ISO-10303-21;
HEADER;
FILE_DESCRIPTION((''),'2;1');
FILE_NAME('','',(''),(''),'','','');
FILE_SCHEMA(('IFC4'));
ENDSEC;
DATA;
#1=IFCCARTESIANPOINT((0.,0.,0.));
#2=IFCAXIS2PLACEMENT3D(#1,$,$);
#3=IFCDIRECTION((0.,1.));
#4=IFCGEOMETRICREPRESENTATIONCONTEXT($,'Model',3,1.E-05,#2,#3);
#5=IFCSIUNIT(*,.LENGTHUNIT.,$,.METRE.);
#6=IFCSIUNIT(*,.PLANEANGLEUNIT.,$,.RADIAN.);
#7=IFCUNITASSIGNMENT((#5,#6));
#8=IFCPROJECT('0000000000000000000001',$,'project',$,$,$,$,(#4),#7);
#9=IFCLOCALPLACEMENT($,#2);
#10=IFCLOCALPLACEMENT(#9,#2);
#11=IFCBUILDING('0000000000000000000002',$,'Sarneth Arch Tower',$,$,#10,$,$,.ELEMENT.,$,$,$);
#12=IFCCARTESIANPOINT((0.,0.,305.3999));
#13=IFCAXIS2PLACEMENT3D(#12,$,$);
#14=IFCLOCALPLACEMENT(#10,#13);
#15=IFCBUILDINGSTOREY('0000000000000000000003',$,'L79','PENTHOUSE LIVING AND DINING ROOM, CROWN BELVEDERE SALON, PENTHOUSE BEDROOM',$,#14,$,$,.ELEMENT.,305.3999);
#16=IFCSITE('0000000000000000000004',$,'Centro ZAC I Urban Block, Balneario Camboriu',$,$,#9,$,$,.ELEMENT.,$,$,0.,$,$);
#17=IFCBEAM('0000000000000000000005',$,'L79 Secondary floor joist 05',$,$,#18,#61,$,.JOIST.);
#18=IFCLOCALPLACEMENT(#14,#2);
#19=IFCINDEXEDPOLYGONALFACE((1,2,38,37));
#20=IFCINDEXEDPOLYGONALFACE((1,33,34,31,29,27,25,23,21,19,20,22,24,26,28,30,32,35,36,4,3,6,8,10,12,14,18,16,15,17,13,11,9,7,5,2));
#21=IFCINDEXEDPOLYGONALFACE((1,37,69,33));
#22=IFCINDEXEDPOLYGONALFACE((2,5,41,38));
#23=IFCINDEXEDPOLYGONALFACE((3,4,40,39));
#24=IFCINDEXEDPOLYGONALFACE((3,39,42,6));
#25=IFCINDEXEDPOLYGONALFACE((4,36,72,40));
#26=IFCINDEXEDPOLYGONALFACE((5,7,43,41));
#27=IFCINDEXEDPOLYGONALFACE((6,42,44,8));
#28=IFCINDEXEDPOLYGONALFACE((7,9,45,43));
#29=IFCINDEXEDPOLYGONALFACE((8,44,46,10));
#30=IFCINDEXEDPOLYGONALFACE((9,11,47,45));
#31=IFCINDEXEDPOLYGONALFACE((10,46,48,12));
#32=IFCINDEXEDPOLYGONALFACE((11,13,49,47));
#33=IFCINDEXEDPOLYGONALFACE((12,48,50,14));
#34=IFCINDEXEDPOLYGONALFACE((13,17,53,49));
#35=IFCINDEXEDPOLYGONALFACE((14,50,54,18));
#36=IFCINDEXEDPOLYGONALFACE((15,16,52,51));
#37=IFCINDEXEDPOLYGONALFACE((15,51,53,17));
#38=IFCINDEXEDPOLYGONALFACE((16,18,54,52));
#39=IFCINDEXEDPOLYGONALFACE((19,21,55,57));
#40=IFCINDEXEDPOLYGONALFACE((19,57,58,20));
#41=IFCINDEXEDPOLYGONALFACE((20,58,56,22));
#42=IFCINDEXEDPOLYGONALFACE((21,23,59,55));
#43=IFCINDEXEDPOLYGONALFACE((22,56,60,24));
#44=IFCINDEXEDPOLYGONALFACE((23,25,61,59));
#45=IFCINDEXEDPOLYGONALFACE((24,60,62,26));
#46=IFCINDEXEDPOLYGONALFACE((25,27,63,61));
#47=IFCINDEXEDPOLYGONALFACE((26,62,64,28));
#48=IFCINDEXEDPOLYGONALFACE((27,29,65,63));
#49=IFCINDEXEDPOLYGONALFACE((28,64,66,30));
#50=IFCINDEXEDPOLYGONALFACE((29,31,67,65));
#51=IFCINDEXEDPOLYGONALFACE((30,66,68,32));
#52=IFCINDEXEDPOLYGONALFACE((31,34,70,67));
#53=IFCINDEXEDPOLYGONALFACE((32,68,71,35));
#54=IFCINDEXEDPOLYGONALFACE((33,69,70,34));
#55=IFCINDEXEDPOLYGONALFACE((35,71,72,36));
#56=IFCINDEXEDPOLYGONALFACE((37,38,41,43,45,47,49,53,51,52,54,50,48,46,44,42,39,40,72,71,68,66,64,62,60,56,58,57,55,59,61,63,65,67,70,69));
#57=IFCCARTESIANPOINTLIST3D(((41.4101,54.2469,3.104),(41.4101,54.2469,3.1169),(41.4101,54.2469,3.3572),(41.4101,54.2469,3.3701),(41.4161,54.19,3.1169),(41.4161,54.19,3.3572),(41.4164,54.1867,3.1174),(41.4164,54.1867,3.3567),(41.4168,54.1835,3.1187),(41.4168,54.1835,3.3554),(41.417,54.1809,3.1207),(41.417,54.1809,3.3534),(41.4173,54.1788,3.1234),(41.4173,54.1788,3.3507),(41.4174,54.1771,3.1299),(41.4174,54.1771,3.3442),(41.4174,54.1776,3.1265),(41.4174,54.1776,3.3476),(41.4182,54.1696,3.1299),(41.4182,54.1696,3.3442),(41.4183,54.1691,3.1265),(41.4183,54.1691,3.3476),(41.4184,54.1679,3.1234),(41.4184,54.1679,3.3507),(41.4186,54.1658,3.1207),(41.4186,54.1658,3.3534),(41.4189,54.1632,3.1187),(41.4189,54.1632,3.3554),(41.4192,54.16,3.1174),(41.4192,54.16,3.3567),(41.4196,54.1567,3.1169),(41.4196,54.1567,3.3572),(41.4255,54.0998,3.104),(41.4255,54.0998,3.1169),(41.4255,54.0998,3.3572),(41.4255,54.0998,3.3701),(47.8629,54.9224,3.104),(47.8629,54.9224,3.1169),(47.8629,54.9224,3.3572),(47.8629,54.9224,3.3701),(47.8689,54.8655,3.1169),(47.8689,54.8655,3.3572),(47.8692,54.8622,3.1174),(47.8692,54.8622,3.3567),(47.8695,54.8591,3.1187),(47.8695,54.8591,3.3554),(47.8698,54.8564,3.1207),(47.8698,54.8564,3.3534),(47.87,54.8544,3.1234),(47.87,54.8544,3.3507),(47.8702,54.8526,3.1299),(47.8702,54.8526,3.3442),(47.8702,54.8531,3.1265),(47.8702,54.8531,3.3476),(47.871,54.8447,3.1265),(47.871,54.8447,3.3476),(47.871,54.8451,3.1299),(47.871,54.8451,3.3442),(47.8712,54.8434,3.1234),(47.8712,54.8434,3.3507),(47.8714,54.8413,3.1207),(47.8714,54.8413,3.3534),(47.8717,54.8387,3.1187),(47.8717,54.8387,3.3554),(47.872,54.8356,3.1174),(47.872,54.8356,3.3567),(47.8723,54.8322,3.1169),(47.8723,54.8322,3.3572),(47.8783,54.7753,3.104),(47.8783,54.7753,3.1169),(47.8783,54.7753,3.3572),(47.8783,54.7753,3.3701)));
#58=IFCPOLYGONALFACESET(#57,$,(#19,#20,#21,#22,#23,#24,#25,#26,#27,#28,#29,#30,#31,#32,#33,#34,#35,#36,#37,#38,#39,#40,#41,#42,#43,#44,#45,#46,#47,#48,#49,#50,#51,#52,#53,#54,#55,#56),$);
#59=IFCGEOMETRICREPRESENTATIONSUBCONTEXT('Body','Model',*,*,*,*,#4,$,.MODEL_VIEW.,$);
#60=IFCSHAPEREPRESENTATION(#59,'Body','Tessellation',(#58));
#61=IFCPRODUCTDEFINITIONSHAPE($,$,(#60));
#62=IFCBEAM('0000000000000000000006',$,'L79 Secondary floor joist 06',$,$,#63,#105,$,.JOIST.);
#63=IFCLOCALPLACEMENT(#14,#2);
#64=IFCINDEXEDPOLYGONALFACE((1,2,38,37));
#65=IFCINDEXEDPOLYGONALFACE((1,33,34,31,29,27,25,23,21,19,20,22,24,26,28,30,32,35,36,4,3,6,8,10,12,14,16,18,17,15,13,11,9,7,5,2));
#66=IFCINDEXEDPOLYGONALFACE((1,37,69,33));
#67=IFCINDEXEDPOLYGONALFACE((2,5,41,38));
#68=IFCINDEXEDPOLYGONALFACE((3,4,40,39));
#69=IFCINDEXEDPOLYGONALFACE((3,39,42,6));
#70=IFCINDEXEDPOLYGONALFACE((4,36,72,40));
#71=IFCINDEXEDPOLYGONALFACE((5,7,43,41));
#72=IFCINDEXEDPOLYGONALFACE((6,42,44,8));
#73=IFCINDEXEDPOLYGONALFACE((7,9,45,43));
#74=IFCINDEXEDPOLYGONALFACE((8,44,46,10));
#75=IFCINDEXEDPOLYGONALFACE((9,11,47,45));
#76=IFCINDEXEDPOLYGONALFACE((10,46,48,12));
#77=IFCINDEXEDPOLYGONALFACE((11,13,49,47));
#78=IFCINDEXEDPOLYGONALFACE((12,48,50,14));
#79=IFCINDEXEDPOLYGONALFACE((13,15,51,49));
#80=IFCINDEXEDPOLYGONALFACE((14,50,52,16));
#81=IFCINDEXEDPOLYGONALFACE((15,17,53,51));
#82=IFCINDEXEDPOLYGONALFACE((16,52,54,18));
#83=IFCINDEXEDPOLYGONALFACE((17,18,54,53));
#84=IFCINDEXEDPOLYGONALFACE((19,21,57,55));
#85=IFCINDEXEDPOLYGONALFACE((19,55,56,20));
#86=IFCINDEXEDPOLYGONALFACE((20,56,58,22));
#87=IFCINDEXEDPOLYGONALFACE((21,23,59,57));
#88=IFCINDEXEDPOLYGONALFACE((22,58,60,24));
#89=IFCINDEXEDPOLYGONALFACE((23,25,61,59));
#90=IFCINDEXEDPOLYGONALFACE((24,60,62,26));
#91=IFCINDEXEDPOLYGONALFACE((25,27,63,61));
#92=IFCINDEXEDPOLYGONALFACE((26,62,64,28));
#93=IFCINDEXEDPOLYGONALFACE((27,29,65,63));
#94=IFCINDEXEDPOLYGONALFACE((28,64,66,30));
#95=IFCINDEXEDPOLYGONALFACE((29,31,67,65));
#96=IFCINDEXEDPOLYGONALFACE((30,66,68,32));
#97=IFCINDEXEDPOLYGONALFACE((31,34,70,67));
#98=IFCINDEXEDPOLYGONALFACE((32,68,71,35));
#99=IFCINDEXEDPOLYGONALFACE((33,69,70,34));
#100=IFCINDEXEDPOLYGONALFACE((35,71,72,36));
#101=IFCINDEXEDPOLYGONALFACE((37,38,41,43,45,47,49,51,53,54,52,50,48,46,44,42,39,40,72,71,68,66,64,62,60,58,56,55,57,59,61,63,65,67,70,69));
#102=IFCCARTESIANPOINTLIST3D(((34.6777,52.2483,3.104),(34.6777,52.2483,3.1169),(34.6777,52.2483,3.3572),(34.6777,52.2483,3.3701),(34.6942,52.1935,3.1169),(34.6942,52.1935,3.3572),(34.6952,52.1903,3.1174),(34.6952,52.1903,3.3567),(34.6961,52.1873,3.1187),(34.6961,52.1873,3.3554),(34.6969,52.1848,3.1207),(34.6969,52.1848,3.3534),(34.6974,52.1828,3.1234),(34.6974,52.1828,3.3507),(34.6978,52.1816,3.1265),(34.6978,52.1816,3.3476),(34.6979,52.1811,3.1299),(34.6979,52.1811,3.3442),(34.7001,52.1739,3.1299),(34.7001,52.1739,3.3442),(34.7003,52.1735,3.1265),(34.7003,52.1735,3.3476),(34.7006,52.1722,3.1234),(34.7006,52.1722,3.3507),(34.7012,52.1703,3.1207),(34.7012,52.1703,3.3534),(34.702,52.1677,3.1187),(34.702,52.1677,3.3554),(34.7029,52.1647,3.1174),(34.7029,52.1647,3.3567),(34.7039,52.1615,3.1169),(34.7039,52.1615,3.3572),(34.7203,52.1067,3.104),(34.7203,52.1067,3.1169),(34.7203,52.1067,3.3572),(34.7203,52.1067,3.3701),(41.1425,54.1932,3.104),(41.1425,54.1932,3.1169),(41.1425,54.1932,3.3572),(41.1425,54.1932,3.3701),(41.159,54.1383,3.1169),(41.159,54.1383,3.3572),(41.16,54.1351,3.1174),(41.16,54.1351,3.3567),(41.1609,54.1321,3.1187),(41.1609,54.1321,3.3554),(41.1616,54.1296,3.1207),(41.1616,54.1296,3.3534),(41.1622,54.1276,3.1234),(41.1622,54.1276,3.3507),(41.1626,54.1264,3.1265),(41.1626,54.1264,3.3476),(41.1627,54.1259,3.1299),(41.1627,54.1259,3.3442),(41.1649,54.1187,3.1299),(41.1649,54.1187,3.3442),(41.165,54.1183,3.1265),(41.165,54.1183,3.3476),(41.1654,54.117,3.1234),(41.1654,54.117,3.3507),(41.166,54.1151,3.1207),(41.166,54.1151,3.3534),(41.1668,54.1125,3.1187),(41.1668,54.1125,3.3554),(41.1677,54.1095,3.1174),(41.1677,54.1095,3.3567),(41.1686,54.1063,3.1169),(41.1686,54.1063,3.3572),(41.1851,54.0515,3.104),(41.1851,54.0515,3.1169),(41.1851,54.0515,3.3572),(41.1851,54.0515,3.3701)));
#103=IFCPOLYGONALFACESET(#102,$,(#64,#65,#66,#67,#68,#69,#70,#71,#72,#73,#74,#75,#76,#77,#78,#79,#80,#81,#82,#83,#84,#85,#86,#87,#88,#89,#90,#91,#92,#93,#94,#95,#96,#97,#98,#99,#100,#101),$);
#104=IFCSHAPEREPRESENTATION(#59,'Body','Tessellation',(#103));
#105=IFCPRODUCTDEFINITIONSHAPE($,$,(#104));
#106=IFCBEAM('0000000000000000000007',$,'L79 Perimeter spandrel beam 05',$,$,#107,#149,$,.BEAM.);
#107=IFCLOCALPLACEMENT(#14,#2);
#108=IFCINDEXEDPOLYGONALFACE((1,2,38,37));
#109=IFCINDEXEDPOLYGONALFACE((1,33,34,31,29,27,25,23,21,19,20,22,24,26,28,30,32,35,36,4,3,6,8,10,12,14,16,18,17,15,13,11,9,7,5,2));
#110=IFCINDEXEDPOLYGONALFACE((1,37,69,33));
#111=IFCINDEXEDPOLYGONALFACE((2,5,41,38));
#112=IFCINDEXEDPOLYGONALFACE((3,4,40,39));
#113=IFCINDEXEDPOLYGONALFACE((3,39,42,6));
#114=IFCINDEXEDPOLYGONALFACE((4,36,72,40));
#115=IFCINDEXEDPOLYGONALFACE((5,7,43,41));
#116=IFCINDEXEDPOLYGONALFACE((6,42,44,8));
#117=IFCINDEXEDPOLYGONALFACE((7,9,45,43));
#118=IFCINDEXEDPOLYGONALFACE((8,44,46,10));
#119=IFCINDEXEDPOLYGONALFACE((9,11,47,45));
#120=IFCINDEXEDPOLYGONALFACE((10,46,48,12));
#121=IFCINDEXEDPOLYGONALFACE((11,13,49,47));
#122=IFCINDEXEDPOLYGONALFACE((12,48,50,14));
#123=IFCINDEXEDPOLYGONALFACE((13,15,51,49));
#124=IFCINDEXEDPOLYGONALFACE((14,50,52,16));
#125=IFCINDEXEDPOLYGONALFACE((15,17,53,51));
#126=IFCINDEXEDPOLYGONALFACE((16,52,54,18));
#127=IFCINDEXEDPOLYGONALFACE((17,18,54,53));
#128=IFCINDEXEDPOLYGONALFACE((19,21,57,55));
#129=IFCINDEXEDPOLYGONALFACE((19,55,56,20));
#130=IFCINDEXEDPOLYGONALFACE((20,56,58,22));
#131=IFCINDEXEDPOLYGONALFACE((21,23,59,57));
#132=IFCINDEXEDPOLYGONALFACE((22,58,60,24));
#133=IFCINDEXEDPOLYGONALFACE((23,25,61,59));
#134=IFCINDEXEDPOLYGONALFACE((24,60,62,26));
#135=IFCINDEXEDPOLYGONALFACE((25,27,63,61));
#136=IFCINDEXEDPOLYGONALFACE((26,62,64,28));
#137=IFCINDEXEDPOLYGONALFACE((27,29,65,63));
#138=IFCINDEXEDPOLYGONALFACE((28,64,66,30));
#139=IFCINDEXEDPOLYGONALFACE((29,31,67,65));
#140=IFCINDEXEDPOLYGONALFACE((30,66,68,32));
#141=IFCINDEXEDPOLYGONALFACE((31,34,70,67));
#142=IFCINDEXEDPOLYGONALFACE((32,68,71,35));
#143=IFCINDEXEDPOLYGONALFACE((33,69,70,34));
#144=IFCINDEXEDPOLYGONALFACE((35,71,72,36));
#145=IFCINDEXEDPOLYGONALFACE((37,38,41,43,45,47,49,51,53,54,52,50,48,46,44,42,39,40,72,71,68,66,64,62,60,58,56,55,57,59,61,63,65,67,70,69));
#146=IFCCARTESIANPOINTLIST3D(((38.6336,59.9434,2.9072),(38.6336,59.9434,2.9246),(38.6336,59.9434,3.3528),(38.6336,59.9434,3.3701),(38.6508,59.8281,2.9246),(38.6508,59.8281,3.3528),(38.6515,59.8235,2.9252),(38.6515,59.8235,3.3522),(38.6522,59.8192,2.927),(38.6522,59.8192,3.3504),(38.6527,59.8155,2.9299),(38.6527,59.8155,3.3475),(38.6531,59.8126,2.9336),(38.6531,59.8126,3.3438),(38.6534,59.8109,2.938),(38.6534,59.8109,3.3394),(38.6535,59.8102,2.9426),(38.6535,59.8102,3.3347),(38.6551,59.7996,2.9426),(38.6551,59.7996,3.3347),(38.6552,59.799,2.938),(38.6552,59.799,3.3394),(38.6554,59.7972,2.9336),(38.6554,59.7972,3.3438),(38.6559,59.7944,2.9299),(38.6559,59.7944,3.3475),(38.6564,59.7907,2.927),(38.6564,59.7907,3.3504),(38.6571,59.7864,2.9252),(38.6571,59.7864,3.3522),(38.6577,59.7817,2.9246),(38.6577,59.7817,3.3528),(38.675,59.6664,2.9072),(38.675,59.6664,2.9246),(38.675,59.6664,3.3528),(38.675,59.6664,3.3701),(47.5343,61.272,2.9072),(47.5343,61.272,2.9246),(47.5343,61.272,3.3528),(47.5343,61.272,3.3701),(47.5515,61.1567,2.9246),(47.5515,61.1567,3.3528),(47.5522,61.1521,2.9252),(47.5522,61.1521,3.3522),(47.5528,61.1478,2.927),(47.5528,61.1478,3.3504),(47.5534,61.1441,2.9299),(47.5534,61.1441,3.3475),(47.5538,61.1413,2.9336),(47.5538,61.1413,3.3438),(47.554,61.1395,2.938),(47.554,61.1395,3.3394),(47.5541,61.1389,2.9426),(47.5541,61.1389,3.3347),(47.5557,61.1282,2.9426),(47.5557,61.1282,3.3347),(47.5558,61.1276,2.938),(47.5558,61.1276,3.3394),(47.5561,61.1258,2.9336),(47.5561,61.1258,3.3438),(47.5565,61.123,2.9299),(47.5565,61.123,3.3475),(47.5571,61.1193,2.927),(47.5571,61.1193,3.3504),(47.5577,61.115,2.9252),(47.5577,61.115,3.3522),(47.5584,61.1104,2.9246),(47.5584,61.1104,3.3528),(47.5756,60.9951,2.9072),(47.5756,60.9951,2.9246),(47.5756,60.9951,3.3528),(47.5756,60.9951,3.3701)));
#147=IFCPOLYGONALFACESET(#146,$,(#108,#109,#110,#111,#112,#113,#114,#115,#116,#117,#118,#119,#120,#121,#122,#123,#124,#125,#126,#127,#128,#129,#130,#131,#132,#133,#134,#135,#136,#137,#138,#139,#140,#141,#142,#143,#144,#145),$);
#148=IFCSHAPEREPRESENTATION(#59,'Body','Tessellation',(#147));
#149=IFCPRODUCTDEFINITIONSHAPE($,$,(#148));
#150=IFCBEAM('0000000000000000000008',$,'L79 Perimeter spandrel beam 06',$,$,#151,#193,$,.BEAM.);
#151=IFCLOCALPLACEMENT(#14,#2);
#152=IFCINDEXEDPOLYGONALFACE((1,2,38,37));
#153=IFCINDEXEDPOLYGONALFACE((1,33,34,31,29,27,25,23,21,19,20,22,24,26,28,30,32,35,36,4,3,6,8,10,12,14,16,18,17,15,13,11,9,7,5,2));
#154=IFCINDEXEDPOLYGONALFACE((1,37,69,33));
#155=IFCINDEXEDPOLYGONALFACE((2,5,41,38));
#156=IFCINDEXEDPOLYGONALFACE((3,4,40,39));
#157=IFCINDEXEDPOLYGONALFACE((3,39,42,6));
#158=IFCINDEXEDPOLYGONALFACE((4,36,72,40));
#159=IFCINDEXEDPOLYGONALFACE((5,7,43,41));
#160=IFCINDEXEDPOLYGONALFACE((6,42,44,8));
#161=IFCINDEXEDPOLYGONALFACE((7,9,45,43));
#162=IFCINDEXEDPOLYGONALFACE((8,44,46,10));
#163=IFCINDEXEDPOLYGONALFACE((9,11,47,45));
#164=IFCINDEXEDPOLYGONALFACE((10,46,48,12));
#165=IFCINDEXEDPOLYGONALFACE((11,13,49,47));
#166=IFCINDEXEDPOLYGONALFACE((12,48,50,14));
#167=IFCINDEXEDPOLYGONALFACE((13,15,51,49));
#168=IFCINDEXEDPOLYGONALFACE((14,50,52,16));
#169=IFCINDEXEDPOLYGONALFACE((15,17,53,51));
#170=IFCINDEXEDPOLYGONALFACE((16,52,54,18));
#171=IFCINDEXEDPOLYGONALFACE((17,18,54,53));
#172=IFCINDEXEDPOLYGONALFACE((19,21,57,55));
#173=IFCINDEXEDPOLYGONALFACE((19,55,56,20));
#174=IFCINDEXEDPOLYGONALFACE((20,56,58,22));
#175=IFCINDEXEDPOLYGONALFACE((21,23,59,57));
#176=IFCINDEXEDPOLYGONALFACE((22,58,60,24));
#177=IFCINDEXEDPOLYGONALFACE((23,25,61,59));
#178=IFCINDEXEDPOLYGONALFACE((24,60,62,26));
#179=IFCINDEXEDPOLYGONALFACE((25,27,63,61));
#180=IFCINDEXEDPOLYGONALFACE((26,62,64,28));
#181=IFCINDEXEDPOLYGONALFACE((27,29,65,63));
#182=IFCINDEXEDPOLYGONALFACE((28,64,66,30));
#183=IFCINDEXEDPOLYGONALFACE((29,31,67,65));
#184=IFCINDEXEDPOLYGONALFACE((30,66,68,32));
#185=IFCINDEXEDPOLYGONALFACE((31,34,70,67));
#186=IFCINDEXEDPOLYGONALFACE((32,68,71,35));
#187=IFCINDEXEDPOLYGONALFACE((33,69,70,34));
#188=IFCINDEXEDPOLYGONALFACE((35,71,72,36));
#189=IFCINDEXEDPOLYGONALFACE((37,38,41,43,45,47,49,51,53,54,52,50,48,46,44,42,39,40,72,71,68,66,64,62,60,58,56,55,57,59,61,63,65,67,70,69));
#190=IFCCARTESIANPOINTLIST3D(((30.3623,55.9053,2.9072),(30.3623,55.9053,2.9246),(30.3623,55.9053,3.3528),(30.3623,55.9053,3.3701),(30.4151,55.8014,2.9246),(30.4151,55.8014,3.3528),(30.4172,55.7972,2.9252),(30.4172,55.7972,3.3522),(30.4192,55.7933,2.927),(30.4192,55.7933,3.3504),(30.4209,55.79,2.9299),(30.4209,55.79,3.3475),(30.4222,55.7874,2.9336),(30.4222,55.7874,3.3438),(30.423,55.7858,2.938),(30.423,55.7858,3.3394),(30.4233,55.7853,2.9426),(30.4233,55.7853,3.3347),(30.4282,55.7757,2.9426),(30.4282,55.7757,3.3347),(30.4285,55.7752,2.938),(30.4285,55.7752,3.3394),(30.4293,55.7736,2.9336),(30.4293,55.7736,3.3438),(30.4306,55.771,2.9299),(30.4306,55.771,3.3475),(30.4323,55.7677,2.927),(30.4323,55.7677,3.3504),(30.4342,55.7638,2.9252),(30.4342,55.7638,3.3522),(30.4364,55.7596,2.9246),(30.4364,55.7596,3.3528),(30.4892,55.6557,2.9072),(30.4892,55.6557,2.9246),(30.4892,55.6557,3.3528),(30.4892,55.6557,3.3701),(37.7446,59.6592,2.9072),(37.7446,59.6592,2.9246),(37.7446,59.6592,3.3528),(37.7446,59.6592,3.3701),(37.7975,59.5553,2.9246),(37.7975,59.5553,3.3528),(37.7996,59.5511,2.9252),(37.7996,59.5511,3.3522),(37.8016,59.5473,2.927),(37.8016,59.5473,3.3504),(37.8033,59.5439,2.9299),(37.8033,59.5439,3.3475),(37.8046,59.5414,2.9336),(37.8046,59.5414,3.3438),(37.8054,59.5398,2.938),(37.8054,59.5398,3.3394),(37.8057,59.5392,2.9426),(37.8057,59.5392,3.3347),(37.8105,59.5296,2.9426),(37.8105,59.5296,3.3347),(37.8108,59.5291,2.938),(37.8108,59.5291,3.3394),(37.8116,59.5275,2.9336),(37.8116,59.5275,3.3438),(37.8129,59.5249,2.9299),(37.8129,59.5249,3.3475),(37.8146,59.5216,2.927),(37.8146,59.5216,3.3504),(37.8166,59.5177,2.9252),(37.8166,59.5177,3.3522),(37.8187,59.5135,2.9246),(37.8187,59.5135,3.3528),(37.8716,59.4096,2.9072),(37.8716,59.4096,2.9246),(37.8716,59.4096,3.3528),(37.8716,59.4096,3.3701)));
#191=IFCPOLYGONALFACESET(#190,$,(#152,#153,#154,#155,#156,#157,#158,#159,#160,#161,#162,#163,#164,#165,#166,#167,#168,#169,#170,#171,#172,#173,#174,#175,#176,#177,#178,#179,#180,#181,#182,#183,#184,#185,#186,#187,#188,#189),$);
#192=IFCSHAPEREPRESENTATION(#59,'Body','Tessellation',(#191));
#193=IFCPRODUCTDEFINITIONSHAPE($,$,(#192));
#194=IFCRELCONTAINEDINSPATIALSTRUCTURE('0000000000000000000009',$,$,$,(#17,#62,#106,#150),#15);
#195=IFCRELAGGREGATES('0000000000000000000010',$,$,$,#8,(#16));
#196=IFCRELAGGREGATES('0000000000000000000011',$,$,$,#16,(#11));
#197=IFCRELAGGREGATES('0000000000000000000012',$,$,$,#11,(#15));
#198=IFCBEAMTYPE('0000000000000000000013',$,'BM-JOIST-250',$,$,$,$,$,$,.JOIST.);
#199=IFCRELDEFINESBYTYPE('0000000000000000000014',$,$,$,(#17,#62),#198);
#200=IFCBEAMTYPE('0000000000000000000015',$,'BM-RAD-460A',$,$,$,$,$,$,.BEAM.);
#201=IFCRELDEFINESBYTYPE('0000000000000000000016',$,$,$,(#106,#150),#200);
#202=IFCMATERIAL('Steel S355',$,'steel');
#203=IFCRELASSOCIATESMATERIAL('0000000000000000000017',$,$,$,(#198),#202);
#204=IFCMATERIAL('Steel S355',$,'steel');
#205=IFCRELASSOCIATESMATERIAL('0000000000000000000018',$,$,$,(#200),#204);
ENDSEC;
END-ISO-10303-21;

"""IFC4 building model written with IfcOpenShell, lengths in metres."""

from ifc_helpers import new_model, si_unit, direction, frame, origin, origin_2d, place, context, subcontext, project, spatial, i_section, extrude, material, material_profile, profile_set, type_object, element, save


model = new_model("IFC4")

# Units and contexts
model_context = context("Model", 3, precision=1e-05, world=origin(), true_north=direction((0.0, 1.0)))
body_context = subcontext(model_context, "Body", "Model", "MODEL_VIEW")
ifc_project = project(units=[si_unit("LENGTHUNIT", "METRE"), si_unit("PLANEANGLEUNIT", "RADIAN")], contexts=[model_context])

# Site, building, storey
site_placement = place(None, origin())
site = spatial("IfcSite", under=ifc_project, at=site_placement, Name="Centro ZAC I Urban Block, Balneario Camboriu", CompositionType="ELEMENT", RefElevation=0.0)
building_placement = place(site_placement, origin())
building = spatial("IfcBuilding", under=site, at=building_placement, Name="Sarneth Arch Tower", CompositionType="ELEMENT")
storey_placement = place(building_placement, frame((0.0, 0.0, 305.3999)))
storey = spatial("IfcBuildingStorey", under=building, at=storey_placement, Name="L79", Description="PENTHOUSE LIVING AND DINING ROOM, CROWN BELVEDERE SALON, PENTHOUSE BEDROOM", CompositionType="ELEMENT", Elevation=305.3999)

# Beams
ifc_material_1 = material(Name="Steel S355", Category="steel")
ifc_material_profile_1 = material_profile(ifc_material_1, i_section(OverallWidth=0.1479, OverallDepth=0.2661, WebThickness=0.0076, FlangeThickness=0.0129, FilletRadius=0.0129, at=origin_2d()), Name="W250x44.8")
ifc_profile_set_1 = profile_set([ifc_material_profile_1], Name="Steel S355")
beam_type_1 = type_object("IfcBeamType", Name="BM-JOIST-250", PredefinedType="JOIST", material=ifc_profile_set_1)
beam_1_placement = place(storey_placement, frame((47.8706, 54.8489, 3.2371), z_axis=(-0.994565, -0.104119, 0.0), x_axis=(0.104119, -0.994565, 0.0)))
element("IfcBeam", 1, at=beam_1_placement, inside=storey, type_object=beam_type_1, Name="L79 Secondary floor joist 05", PredefinedType="JOIST", context=body_context, shape_type="SweptSolid", body=[
    extrude(i_section(OverallWidth=0.1479, OverallDepth=0.2661, WebThickness=0.0076, FlangeThickness=0.0129, FilletRadius=0.0129, at=origin_2d()), origin(), (0.0, 0.0, 1.0), 6.488),
])
beam_2_placement = place(storey_placement, frame((41.1638, 54.1223, 3.2371), z_axis=(-0.957607, -0.288078, 0.0), x_axis=(0.288078, -0.957607, 0.0)))
element("IfcBeam", 2, at=beam_2_placement, inside=storey, type_object=beam_type_1, Name="L79 Secondary floor joist 06", PredefinedType="JOIST", context=body_context, shape_type="SweptSolid", body=[
    extrude(i_section(OverallWidth=0.1479, OverallDepth=0.2661, WebThickness=0.0076, FlangeThickness=0.0129, FilletRadius=0.0129, at=origin_2d()), origin(), (0.0, 0.0, 1.0), 6.751),
])
ifc_material_2 = material(Name="Steel S355", Category="steel")
ifc_material_profile_2 = material_profile(ifc_material_2, i_section(OverallWidth=0.28, OverallDepth=0.4629, WebThickness=0.0107, FlangeThickness=0.0173, FilletRadius=0.0181, at=origin_2d()), Name="W460x113")
ifc_profile_set_2 = profile_set([ifc_material_profile_2], Name="Steel S355")
beam_type_2 = type_object("IfcBeamType", Name="BM-RAD-460A", PredefinedType="BEAM", material=ifc_profile_set_2)
beam_3_placement = place(storey_placement, frame((47.5549, 61.1335, 3.1387), z_axis=(-0.989042, -0.147636, 0.0), x_axis=(0.147636, -0.989042, 0.0)))
element("IfcBeam", 3, at=beam_3_placement, inside=storey, type_object=beam_type_2, Name="L79 Perimeter spandrel beam 05", PredefinedType="BEAM", context=body_context, shape_type="SweptSolid", body=[
    extrude(i_section(OverallWidth=0.28, OverallDepth=0.4629, WebThickness=0.0107, FlangeThickness=0.0173, FilletRadius=0.0181, at=origin_2d()), origin(), (0.0, 0.0, 1.0), 8.9993),
])
beam_4_placement = place(storey_placement, frame((37.8081, 59.5344, 3.1387), z_axis=(-0.891376, -0.453264, 0.0), x_axis=(0.453264, -0.891376, 0.0)))
element("IfcBeam", 4, at=beam_4_placement, inside=storey, type_object=beam_type_2, Name="L79 Perimeter spandrel beam 06", PredefinedType="BEAM", context=body_context, shape_type="SweptSolid", body=[
    extrude(i_section(OverallWidth=0.28, OverallDepth=0.4629, WebThickness=0.0107, FlangeThickness=0.0173, FilletRadius=0.0181, at=origin_2d()), origin(), (0.0, 0.0, 1.0), 8.282),
])

save(model, "model.ifc")
